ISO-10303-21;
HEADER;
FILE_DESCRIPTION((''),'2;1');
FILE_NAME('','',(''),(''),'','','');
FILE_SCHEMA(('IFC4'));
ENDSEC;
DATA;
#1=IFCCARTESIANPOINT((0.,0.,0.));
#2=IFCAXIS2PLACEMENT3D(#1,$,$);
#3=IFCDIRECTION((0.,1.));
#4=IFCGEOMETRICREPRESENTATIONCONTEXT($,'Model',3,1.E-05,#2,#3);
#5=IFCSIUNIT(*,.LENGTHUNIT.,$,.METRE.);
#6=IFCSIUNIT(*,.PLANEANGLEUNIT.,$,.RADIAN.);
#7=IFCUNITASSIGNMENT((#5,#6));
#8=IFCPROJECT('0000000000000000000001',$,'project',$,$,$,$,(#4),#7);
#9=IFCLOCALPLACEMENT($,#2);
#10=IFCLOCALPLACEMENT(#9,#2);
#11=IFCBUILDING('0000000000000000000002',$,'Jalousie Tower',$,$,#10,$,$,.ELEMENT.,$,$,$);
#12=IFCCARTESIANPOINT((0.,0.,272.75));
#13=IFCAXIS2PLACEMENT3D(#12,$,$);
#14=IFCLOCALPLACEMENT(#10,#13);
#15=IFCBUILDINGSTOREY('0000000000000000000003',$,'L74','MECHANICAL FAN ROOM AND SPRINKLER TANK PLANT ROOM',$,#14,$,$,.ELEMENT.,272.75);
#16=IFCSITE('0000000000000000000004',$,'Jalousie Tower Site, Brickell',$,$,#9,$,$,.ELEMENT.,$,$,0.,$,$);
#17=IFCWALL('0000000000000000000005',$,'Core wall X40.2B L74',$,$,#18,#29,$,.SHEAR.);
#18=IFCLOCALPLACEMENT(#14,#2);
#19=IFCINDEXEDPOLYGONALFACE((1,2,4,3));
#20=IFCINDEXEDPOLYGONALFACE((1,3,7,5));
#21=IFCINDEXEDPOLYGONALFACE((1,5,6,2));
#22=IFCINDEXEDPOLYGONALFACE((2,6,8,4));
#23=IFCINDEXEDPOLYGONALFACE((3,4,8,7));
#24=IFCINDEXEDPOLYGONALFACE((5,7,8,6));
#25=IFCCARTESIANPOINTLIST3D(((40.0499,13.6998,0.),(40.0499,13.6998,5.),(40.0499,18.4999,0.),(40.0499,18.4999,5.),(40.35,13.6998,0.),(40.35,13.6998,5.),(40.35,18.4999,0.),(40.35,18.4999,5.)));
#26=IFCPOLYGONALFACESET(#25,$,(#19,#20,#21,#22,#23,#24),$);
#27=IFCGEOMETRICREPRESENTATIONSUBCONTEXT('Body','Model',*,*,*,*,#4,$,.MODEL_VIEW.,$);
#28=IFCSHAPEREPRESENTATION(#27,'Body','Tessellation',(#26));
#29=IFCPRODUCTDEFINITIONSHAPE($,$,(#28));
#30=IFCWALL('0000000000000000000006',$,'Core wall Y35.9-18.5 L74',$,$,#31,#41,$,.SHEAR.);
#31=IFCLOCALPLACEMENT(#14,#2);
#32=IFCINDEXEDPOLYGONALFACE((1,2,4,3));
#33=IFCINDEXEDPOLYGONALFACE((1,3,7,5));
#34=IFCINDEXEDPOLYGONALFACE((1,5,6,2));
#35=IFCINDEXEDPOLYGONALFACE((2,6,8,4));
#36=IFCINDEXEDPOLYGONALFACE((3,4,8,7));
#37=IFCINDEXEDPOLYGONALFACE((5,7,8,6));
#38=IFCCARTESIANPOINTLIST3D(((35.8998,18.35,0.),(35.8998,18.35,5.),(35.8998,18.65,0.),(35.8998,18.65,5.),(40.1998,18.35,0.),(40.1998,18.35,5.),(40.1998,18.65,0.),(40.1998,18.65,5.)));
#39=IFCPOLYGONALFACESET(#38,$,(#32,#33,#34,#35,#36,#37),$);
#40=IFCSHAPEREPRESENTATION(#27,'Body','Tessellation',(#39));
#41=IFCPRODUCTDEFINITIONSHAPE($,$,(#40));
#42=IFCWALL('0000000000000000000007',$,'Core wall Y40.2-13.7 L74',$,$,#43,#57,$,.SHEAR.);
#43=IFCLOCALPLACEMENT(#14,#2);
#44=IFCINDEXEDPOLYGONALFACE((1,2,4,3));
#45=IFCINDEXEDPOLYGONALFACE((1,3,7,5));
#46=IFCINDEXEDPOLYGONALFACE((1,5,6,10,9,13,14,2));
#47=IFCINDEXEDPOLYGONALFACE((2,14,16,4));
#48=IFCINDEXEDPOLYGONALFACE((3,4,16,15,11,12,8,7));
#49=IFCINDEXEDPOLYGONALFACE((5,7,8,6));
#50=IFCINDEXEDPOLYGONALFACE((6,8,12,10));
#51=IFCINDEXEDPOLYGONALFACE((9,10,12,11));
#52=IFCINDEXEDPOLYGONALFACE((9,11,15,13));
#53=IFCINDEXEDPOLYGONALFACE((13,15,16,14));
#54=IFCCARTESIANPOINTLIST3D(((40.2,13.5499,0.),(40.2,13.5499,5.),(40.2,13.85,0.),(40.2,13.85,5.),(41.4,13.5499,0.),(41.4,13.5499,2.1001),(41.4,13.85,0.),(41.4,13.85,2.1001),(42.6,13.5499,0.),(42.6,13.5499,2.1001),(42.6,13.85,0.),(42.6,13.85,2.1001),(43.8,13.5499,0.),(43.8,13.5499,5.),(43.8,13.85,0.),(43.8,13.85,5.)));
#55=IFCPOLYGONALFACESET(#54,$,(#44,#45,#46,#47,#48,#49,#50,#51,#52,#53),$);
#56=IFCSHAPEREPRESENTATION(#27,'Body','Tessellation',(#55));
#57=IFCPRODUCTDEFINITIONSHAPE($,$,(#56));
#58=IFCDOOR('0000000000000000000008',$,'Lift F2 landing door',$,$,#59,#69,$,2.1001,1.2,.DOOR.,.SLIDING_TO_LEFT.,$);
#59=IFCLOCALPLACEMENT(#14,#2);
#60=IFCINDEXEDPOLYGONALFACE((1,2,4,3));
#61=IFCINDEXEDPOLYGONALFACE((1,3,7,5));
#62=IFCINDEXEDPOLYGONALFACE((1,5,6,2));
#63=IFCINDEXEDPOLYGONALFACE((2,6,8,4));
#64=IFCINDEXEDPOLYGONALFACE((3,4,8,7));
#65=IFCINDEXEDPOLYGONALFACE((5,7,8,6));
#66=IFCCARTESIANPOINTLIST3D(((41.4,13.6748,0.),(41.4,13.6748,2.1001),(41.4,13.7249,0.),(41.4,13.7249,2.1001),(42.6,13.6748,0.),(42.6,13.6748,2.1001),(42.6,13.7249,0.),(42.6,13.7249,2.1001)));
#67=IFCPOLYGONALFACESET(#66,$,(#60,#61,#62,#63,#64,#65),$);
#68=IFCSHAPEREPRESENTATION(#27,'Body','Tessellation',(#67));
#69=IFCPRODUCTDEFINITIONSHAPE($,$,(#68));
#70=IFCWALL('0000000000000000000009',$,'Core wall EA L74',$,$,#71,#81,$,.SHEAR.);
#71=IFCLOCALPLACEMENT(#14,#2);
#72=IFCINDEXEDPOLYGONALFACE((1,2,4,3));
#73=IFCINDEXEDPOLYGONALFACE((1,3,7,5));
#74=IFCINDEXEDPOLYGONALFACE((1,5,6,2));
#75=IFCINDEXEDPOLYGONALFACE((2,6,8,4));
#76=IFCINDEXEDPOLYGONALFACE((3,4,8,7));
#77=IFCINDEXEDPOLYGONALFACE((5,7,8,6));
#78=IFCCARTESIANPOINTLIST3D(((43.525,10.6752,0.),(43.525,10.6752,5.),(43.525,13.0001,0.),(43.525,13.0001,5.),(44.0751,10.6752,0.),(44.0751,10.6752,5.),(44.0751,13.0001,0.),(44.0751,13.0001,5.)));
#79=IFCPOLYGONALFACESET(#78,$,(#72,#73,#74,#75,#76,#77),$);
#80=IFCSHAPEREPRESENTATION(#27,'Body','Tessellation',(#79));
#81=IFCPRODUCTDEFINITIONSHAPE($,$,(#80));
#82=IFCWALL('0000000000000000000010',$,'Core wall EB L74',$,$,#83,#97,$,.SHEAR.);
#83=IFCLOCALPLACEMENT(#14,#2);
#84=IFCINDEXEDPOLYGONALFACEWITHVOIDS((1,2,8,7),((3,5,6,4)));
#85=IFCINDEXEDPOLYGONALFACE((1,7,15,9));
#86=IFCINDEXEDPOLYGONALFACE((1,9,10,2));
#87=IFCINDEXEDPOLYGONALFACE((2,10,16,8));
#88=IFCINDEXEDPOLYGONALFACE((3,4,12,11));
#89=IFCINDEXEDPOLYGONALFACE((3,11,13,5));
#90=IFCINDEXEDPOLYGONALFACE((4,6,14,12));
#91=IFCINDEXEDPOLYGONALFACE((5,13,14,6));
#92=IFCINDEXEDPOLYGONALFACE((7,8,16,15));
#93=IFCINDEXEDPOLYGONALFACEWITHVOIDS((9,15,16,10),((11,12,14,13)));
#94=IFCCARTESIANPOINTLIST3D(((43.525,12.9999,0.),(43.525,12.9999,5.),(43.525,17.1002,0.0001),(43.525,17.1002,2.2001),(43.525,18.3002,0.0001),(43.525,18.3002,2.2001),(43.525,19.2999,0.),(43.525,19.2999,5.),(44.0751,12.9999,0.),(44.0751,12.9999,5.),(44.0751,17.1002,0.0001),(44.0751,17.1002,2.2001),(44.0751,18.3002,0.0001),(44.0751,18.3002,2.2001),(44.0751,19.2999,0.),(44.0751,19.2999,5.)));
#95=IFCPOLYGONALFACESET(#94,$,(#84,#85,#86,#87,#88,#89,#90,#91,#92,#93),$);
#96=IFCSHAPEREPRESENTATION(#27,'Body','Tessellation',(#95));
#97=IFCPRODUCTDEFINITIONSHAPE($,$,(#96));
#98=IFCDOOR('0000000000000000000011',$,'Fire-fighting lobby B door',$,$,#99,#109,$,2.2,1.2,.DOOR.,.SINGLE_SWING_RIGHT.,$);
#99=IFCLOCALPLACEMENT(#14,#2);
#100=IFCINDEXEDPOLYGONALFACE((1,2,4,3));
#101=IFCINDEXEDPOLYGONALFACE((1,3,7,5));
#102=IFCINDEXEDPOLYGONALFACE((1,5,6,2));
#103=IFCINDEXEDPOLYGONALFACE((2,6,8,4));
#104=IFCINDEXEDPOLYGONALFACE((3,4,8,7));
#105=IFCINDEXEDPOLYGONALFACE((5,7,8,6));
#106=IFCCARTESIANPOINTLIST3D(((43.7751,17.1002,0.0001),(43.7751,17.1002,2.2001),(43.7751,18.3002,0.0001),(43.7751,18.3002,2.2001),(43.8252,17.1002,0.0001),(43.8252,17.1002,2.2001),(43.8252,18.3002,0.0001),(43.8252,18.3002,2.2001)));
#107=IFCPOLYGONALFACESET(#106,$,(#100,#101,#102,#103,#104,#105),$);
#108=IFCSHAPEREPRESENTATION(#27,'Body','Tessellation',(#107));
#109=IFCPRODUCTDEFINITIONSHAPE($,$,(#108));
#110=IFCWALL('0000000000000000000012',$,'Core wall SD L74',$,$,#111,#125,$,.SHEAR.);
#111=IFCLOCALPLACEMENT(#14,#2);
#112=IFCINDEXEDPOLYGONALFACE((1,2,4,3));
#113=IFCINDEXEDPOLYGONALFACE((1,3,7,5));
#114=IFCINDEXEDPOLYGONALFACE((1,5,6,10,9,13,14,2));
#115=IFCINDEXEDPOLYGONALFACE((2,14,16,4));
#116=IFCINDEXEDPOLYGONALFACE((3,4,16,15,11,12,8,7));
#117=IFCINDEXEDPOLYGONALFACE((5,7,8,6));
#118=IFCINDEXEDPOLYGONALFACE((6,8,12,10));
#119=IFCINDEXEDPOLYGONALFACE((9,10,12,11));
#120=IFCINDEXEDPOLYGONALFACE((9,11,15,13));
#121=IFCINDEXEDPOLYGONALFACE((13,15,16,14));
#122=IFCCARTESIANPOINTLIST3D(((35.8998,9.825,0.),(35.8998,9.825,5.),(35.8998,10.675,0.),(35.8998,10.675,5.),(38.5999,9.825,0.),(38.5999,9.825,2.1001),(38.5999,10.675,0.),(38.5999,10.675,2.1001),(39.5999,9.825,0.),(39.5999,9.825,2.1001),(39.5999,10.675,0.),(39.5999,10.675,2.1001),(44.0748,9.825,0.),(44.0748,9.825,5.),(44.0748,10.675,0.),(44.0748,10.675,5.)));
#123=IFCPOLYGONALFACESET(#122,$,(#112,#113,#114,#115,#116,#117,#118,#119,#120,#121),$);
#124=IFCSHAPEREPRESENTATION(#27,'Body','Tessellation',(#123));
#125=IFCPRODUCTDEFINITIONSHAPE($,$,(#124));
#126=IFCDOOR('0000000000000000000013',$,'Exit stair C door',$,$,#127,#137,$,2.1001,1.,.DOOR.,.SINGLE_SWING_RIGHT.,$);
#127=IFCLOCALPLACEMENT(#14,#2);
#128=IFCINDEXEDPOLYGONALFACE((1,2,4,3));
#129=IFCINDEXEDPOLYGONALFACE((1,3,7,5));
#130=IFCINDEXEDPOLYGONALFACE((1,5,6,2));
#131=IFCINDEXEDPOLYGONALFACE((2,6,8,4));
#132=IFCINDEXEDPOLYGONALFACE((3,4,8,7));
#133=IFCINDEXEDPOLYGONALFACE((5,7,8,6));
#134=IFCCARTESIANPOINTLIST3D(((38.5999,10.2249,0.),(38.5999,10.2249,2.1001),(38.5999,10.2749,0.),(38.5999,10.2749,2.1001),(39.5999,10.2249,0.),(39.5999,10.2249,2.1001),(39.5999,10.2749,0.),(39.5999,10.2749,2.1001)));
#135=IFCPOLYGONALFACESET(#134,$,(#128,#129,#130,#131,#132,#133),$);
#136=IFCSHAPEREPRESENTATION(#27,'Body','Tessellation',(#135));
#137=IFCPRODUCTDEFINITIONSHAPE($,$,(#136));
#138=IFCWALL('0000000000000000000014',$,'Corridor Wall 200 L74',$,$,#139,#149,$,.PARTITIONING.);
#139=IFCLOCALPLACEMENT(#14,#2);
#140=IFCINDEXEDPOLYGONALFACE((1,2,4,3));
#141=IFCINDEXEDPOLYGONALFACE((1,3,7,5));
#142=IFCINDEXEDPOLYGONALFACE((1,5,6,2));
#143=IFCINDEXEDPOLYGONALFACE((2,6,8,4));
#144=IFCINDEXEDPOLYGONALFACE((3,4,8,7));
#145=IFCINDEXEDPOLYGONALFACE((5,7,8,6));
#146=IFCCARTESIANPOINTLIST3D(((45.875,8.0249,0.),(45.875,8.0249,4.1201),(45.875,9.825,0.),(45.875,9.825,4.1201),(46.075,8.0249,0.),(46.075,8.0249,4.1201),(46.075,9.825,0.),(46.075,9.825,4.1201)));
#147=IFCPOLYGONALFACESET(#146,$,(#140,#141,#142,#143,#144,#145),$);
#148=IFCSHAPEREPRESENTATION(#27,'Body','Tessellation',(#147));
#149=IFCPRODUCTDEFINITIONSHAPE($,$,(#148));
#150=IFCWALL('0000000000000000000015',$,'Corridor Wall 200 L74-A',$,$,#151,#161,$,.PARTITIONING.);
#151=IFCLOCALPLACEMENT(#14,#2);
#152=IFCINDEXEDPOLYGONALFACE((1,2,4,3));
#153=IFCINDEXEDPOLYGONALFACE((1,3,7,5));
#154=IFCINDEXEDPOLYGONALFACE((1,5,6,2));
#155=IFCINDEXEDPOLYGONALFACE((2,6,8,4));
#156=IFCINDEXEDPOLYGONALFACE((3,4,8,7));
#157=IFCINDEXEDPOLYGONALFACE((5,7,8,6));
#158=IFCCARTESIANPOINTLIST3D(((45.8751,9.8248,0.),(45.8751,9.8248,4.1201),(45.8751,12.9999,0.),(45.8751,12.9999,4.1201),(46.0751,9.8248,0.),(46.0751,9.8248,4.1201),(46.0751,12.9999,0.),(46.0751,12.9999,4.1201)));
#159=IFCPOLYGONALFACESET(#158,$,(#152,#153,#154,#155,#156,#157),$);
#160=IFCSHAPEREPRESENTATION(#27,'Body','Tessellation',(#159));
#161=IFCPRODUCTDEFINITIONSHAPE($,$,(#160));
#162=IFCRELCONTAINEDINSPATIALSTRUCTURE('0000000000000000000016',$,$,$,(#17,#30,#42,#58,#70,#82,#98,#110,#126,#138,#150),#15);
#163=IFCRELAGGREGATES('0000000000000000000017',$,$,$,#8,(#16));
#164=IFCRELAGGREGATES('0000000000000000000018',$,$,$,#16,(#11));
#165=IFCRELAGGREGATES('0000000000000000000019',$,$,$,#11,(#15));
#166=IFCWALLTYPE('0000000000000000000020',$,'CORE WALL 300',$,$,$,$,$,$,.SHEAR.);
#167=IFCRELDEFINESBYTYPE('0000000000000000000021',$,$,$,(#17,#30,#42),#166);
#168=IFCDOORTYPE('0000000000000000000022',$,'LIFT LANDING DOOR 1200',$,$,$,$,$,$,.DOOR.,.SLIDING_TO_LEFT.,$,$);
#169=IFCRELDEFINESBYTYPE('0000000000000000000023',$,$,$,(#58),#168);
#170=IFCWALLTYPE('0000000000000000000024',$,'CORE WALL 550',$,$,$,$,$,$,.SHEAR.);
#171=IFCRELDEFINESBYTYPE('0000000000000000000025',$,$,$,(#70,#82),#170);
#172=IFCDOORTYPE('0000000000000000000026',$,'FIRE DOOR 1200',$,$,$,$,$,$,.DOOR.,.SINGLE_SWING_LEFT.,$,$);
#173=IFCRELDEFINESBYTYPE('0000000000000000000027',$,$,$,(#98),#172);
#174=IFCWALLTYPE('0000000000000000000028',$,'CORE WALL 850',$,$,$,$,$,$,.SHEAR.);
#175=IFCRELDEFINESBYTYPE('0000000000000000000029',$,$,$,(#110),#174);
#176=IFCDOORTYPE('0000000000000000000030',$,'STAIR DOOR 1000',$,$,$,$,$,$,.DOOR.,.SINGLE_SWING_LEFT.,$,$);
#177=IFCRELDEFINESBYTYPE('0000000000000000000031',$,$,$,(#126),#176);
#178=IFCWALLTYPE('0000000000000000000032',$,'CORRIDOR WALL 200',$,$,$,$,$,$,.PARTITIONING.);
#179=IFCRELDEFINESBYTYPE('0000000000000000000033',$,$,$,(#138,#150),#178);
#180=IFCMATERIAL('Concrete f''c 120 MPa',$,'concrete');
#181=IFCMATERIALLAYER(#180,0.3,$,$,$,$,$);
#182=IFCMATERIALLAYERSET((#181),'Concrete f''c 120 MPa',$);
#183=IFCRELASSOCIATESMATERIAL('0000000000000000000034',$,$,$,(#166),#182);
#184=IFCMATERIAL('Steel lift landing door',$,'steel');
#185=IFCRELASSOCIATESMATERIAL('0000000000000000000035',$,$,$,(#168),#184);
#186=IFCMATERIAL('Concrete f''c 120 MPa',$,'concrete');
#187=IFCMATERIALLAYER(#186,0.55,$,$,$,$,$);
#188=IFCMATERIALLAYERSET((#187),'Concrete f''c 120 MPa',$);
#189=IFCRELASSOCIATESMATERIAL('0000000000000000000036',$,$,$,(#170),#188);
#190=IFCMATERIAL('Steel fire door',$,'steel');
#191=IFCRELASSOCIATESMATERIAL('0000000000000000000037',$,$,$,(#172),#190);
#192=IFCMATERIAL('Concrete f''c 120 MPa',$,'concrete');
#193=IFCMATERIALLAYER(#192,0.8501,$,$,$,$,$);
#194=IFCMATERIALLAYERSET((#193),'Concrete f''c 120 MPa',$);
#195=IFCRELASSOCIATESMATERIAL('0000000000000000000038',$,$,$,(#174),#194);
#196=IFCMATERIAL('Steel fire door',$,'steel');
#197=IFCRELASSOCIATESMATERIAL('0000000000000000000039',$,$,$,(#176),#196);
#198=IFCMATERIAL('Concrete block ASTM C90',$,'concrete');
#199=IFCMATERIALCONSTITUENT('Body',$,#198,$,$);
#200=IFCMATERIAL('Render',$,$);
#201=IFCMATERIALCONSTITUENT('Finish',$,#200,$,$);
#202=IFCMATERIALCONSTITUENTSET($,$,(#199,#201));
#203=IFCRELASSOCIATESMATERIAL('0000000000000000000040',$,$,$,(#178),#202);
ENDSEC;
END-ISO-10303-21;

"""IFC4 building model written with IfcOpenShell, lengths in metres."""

from ifc_helpers import new_model, si_unit, direction, frame, frame_2d, origin, place, context, subcontext, project, spatial, polyline, rectangle, outline, extrude, material, layer, layer_set, constituent, constituent_set, type_object, element, fill, save


model = new_model("IFC4")

# Units and contexts
model_context = context("Model", 3, precision=1e-05, world=origin(), true_north=direction((0.0, 1.0)))
body_context = subcontext(model_context, "Body", "Model", "MODEL_VIEW")
ifc_project = project(units=[si_unit("LENGTHUNIT", "METRE"), si_unit("PLANEANGLEUNIT", "RADIAN")], contexts=[model_context])

# Site, building, storey
site_placement = place(None, origin())
site = spatial("IfcSite", under=ifc_project, at=site_placement, Name="Jalousie Tower Site, Brickell", CompositionType="ELEMENT", RefElevation=0.0)
building_placement = place(site_placement, origin())
building = spatial("IfcBuilding", under=site, at=building_placement, Name="Jalousie Tower", CompositionType="ELEMENT")
storey_placement = place(building_placement, frame((0.0, 0.0, 272.75)))
storey = spatial("IfcBuildingStorey", under=building, at=storey_placement, Name="L74", Description="MECHANICAL FAN ROOM AND SPRINKLER TANK PLANT ROOM", CompositionType="ELEMENT", Elevation=272.75)

# Walls
ifc_material_1 = material(Name="Concrete f'c 120 MPa", Category="concrete")
ifc_layer_1 = layer(ifc_material_1, 0.3)
ifc_layer_set_1 = layer_set([ifc_layer_1], Name="Concrete f'c 120 MPa")
wall_type_1 = type_object("IfcWallType", Name="CORE WALL 300", PredefinedType="SHEAR", material=ifc_layer_set_1)
wall_1_placement = place(storey_placement, frame((40.2, 13.7, 0.0), z_axis=(0.0, 0.0, 1.0), x_axis=(0.0, 1.0, 0.0)))
element("IfcWall", 1, at=wall_1_placement, inside=storey, type_object=wall_type_1, Name="Core wall X40.2B L74", PredefinedType="SHEAR", context=body_context, shape_type="SweptSolid", body=[
    extrude(rectangle(XDim=4.8, YDim=0.3, at=frame_2d((2.3999, 0.0))), origin(), (0.0, 0.0, 1.0), 5.0),
])
wall_2_placement = place(storey_placement, frame((35.8999, 18.5, 0.0), z_axis=(0.0, 0.0, 1.0), x_axis=(1.0, 0.0, 0.0)))
element("IfcWall", 2, at=wall_2_placement, inside=storey, type_object=wall_type_1, Name="Core wall Y35.9-18.5 L74", PredefinedType="SHEAR", context=body_context, shape_type="SweptSolid", body=[
    extrude(rectangle(XDim=4.3, YDim=0.3, at=frame_2d((2.1499, 0.0))), origin(), (0.0, 0.0, 1.0), 5.0),
])

# Wall, opening, door
wall_3_placement = place(storey_placement, frame((40.2, 13.7, 0.0), z_axis=(0.0, 0.0, 1.0), x_axis=(1.0, 0.0, 0.0)))
wall_3 = element("IfcWall", 3, at=wall_3_placement, inside=storey, type_object=wall_type_1, Name="Core wall Y40.2-13.7 L74", PredefinedType="SHEAR", context=body_context, shape_type="SweptSolid", body=[
    extrude(rectangle(XDim=3.6001, YDim=0.3, at=frame_2d((1.8, 0.0))), origin(), (0.0, 0.0, 1.0), 5.0),
])
opening_1_placement = place(wall_3_placement, frame((1.2, 0.0, 0.0)))
opening_1 = element("IfcOpeningElement", 4, at=opening_1_placement, cuts=wall_3, PredefinedType="OPENING", context=body_context, shape_type="SweptSolid", body=[
    extrude(rectangle(XDim=1.2, YDim=2.1001, at=frame_2d((0.6001, 1.05))), frame((0.0, 0.1599, 0.0), z_axis=(0.0, -1.0, 0.0), x_axis=(1.0, 0.0, 0.0)), (0.0, 0.0, 1.0), 0.3201),
])
ifc_material_2 = material(Name="Steel lift landing door", Category="steel")
door_type_1 = type_object("IfcDoorType", Name="LIFT LANDING DOOR 1200", OperationType="SLIDING_TO_LEFT", PredefinedType="DOOR", material=ifc_material_2)
door_1_placement = place(opening_1_placement, origin())
door_1 = element("IfcDoor", 5, at=door_1_placement, inside=storey, type_object=door_type_1, Name="Lift F2 landing door", OperationType="SLIDING_TO_LEFT", OverallHeight=2.1001, OverallWidth=1.2, PredefinedType="DOOR", context=body_context, shape_type="SweptSolid", body=[
    extrude(rectangle(XDim=1.2, YDim=2.1001, at=frame_2d((0.6001, 1.05))), frame((0.0, 0.0249, 0.0), z_axis=(0.0, -1.0, 0.0), x_axis=(1.0, 0.0, 0.0)), (0.0, 0.0, 1.0), 0.05),
])
fill(opening_1, door_1)

# Wall
ifc_material_3 = material(Name="Concrete f'c 120 MPa", Category="concrete")
ifc_layer_2 = layer(ifc_material_3, 0.55)
ifc_layer_set_2 = layer_set([ifc_layer_2], Name="Concrete f'c 120 MPa")
wall_type_2 = type_object("IfcWallType", Name="CORE WALL 550", PredefinedType="SHEAR", material=ifc_layer_set_2)
wall_4_placement = place(storey_placement, frame((43.8, 10.675, 0.0), z_axis=(0.0, 0.0, 1.0), x_axis=(0.0, 1.0, 0.0)))
element("IfcWall", 6, at=wall_4_placement, inside=storey, type_object=wall_type_2, Name="Core wall EA L74", PredefinedType="SHEAR", context=body_context, shape_type="SweptSolid", body=[
    extrude(rectangle(XDim=2.325, YDim=0.55, at=frame_2d((1.1626, 0.0))), origin(), (0.0, 0.0, 1.0), 5.0),
])

# Walls, openings, doors
wall_5_placement = place(storey_placement, frame((43.8, 13.0, 0.0), z_axis=(0.0, 0.0, 1.0), x_axis=(0.0, 1.0, 0.0)))
wall_5 = element("IfcWall", 7, at=wall_5_placement, inside=storey, type_object=wall_type_2, Name="Core wall EB L74", PredefinedType="SHEAR", context=body_context, shape_type="SweptSolid", body=[
    extrude(rectangle(XDim=6.3, YDim=0.55, at=frame_2d((3.1499, 0.0))), origin(), (0.0, 0.0, 1.0), 5.0),
])
opening_2_placement = place(wall_5_placement, frame((4.1001, 0.0, 0.0)))
opening_2 = element("IfcOpeningElement", 8, at=opening_2_placement, cuts=wall_5, PredefinedType="OPENING", context=body_context, shape_type="SweptSolid", body=[
    extrude(rectangle(XDim=1.2, YDim=2.2, at=frame_2d((0.6001, 1.1001))), frame((0.0, 0.2849, 0.0), z_axis=(0.0, -1.0, 0.0), x_axis=(1.0, 0.0, 0.0)), (0.0, 0.0, 1.0), 0.5701),
])
ifc_material_4 = material(Name="Steel fire door", Category="steel")
door_type_2 = type_object("IfcDoorType", Name="FIRE DOOR 1200", OperationType="SINGLE_SWING_LEFT", PredefinedType="DOOR", material=ifc_material_4)
door_2_placement = place(opening_2_placement, origin())
door_2 = element("IfcDoor", 9, at=door_2_placement, inside=storey, type_object=door_type_2, Name="Fire-fighting lobby B door", OperationType="SINGLE_SWING_RIGHT", OverallHeight=2.2, OverallWidth=1.2, PredefinedType="DOOR", context=body_context, shape_type="SweptSolid", body=[
    extrude(rectangle(XDim=1.2, YDim=2.2, at=frame_2d((0.6001, 1.1001))), frame((0.0, 0.0249, 0.0), z_axis=(0.0, -1.0, 0.0), x_axis=(1.0, 0.0, 0.0)), (0.0, 0.0, 1.0), 0.05),
])
fill(opening_2, door_2)
ifc_material_5 = material(Name="Concrete f'c 120 MPa", Category="concrete")
ifc_layer_3 = layer(ifc_material_5, 0.8501)
ifc_layer_set_3 = layer_set([ifc_layer_3], Name="Concrete f'c 120 MPa")
wall_type_3 = type_object("IfcWallType", Name="CORE WALL 850", PredefinedType="SHEAR", material=ifc_layer_set_3)
wall_6_placement = place(storey_placement, frame((35.8999, 10.25, 0.0), z_axis=(0.0, 0.0, 1.0), x_axis=(1.0, 0.0, 0.0)))
wall_6 = element("IfcWall", 10, at=wall_6_placement, inside=storey, type_object=wall_type_3, Name="Core wall SD L74", PredefinedType="SHEAR", context=body_context, shape_type="SweptSolid", body=[
    extrude(rectangle(XDim=8.175, YDim=0.8501, at=frame_2d((4.0874, 0.0))), origin(), (0.0, 0.0, 1.0), 5.0),
])
opening_3_placement = place(wall_6_placement, frame((2.7, 0.0, 0.0)))
opening_3 = element("IfcOpeningElement", 11, at=opening_3_placement, cuts=wall_6, PredefinedType="OPENING", context=body_context, shape_type="SweptSolid", body=[
    extrude(rectangle(XDim=1.0, YDim=2.1001, at=frame_2d((0.5, 1.05))), frame((0.0, 0.4351, 0.0), z_axis=(0.0, -1.0, 0.0), x_axis=(1.0, 0.0, 0.0)), (0.0, 0.0, 1.0), 0.8701),
])
ifc_material_6 = material(Name="Steel fire door", Category="steel")
door_type_3 = type_object("IfcDoorType", Name="STAIR DOOR 1000", OperationType="SINGLE_SWING_LEFT", PredefinedType="DOOR", material=ifc_material_6)
door_3_placement = place(opening_3_placement, origin())
door_3 = element("IfcDoor", 12, at=door_3_placement, inside=storey, type_object=door_type_3, Name="Exit stair C door", OperationType="SINGLE_SWING_RIGHT", OverallHeight=2.1001, OverallWidth=1.0, PredefinedType="DOOR", context=body_context, shape_type="SweptSolid", body=[
    extrude(rectangle(XDim=1.0, YDim=2.1001, at=frame_2d((0.5, 1.05))), frame((0.0, 0.0249, 0.0), z_axis=(0.0, -1.0, 0.0), x_axis=(1.0, 0.0, 0.0)), (0.0, 0.0, 1.0), 0.05),
])
fill(opening_3, door_3)

# Walls
ifc_material_7 = material(Name="Concrete block ASTM C90", Category="concrete")
ifc_constituent_1 = constituent(ifc_material_7, Name="Body")
ifc_material_8 = material(Name="Render")
ifc_constituent_2 = constituent(ifc_material_8, Name="Finish")
ifc_constituent_set_1 = constituent_set(constituents=[ifc_constituent_1, ifc_constituent_2])
wall_type_4 = type_object("IfcWallType", Name="CORRIDOR WALL 200", PredefinedType="PARTITIONING", material=ifc_constituent_set_1)
wall_7_placement = place(storey_placement, frame((45.9751, 8.0249, 0.0), z_axis=(0.0, 0.0, 1.0), x_axis=(0.0, 1.0, 0.0)))
element("IfcWall", 13, at=wall_7_placement, inside=storey, type_object=wall_type_4, Name="Corridor Wall 200 L74", PredefinedType="PARTITIONING", context=body_context, shape_type="SweptSolid", body=[
    extrude(outline(polyline([(0.0, 0.0), (1.8, 0.0), (1.8, 4.72), (1.8, 4.1201), (0.0, 4.1201), (0.0, 4.72), (0.0, 0.0)])), frame((0.0, 0.1001, 0.0), z_axis=(0.0, -1.0, 0.0), x_axis=(1.0, 0.0, 0.0)), (0.0, 0.0, 1.0), 0.2),
])
wall_8_placement = place(storey_placement, frame((45.9751, 9.825, 0.0), z_axis=(0.0, 0.0, 1.0), x_axis=(0.0, 1.0, 0.0)))
element("IfcWall", 14, at=wall_8_placement, inside=storey, type_object=wall_type_4, Name="Corridor Wall 200 L74-A", PredefinedType="PARTITIONING", context=body_context, shape_type="SweptSolid", body=[
    extrude(rectangle(XDim=3.175, YDim=0.2, at=frame_2d((1.5874, 0.0))), origin(), (0.0, 0.0, 1.0), 4.1201),
])

save(model, "model.ifc")
